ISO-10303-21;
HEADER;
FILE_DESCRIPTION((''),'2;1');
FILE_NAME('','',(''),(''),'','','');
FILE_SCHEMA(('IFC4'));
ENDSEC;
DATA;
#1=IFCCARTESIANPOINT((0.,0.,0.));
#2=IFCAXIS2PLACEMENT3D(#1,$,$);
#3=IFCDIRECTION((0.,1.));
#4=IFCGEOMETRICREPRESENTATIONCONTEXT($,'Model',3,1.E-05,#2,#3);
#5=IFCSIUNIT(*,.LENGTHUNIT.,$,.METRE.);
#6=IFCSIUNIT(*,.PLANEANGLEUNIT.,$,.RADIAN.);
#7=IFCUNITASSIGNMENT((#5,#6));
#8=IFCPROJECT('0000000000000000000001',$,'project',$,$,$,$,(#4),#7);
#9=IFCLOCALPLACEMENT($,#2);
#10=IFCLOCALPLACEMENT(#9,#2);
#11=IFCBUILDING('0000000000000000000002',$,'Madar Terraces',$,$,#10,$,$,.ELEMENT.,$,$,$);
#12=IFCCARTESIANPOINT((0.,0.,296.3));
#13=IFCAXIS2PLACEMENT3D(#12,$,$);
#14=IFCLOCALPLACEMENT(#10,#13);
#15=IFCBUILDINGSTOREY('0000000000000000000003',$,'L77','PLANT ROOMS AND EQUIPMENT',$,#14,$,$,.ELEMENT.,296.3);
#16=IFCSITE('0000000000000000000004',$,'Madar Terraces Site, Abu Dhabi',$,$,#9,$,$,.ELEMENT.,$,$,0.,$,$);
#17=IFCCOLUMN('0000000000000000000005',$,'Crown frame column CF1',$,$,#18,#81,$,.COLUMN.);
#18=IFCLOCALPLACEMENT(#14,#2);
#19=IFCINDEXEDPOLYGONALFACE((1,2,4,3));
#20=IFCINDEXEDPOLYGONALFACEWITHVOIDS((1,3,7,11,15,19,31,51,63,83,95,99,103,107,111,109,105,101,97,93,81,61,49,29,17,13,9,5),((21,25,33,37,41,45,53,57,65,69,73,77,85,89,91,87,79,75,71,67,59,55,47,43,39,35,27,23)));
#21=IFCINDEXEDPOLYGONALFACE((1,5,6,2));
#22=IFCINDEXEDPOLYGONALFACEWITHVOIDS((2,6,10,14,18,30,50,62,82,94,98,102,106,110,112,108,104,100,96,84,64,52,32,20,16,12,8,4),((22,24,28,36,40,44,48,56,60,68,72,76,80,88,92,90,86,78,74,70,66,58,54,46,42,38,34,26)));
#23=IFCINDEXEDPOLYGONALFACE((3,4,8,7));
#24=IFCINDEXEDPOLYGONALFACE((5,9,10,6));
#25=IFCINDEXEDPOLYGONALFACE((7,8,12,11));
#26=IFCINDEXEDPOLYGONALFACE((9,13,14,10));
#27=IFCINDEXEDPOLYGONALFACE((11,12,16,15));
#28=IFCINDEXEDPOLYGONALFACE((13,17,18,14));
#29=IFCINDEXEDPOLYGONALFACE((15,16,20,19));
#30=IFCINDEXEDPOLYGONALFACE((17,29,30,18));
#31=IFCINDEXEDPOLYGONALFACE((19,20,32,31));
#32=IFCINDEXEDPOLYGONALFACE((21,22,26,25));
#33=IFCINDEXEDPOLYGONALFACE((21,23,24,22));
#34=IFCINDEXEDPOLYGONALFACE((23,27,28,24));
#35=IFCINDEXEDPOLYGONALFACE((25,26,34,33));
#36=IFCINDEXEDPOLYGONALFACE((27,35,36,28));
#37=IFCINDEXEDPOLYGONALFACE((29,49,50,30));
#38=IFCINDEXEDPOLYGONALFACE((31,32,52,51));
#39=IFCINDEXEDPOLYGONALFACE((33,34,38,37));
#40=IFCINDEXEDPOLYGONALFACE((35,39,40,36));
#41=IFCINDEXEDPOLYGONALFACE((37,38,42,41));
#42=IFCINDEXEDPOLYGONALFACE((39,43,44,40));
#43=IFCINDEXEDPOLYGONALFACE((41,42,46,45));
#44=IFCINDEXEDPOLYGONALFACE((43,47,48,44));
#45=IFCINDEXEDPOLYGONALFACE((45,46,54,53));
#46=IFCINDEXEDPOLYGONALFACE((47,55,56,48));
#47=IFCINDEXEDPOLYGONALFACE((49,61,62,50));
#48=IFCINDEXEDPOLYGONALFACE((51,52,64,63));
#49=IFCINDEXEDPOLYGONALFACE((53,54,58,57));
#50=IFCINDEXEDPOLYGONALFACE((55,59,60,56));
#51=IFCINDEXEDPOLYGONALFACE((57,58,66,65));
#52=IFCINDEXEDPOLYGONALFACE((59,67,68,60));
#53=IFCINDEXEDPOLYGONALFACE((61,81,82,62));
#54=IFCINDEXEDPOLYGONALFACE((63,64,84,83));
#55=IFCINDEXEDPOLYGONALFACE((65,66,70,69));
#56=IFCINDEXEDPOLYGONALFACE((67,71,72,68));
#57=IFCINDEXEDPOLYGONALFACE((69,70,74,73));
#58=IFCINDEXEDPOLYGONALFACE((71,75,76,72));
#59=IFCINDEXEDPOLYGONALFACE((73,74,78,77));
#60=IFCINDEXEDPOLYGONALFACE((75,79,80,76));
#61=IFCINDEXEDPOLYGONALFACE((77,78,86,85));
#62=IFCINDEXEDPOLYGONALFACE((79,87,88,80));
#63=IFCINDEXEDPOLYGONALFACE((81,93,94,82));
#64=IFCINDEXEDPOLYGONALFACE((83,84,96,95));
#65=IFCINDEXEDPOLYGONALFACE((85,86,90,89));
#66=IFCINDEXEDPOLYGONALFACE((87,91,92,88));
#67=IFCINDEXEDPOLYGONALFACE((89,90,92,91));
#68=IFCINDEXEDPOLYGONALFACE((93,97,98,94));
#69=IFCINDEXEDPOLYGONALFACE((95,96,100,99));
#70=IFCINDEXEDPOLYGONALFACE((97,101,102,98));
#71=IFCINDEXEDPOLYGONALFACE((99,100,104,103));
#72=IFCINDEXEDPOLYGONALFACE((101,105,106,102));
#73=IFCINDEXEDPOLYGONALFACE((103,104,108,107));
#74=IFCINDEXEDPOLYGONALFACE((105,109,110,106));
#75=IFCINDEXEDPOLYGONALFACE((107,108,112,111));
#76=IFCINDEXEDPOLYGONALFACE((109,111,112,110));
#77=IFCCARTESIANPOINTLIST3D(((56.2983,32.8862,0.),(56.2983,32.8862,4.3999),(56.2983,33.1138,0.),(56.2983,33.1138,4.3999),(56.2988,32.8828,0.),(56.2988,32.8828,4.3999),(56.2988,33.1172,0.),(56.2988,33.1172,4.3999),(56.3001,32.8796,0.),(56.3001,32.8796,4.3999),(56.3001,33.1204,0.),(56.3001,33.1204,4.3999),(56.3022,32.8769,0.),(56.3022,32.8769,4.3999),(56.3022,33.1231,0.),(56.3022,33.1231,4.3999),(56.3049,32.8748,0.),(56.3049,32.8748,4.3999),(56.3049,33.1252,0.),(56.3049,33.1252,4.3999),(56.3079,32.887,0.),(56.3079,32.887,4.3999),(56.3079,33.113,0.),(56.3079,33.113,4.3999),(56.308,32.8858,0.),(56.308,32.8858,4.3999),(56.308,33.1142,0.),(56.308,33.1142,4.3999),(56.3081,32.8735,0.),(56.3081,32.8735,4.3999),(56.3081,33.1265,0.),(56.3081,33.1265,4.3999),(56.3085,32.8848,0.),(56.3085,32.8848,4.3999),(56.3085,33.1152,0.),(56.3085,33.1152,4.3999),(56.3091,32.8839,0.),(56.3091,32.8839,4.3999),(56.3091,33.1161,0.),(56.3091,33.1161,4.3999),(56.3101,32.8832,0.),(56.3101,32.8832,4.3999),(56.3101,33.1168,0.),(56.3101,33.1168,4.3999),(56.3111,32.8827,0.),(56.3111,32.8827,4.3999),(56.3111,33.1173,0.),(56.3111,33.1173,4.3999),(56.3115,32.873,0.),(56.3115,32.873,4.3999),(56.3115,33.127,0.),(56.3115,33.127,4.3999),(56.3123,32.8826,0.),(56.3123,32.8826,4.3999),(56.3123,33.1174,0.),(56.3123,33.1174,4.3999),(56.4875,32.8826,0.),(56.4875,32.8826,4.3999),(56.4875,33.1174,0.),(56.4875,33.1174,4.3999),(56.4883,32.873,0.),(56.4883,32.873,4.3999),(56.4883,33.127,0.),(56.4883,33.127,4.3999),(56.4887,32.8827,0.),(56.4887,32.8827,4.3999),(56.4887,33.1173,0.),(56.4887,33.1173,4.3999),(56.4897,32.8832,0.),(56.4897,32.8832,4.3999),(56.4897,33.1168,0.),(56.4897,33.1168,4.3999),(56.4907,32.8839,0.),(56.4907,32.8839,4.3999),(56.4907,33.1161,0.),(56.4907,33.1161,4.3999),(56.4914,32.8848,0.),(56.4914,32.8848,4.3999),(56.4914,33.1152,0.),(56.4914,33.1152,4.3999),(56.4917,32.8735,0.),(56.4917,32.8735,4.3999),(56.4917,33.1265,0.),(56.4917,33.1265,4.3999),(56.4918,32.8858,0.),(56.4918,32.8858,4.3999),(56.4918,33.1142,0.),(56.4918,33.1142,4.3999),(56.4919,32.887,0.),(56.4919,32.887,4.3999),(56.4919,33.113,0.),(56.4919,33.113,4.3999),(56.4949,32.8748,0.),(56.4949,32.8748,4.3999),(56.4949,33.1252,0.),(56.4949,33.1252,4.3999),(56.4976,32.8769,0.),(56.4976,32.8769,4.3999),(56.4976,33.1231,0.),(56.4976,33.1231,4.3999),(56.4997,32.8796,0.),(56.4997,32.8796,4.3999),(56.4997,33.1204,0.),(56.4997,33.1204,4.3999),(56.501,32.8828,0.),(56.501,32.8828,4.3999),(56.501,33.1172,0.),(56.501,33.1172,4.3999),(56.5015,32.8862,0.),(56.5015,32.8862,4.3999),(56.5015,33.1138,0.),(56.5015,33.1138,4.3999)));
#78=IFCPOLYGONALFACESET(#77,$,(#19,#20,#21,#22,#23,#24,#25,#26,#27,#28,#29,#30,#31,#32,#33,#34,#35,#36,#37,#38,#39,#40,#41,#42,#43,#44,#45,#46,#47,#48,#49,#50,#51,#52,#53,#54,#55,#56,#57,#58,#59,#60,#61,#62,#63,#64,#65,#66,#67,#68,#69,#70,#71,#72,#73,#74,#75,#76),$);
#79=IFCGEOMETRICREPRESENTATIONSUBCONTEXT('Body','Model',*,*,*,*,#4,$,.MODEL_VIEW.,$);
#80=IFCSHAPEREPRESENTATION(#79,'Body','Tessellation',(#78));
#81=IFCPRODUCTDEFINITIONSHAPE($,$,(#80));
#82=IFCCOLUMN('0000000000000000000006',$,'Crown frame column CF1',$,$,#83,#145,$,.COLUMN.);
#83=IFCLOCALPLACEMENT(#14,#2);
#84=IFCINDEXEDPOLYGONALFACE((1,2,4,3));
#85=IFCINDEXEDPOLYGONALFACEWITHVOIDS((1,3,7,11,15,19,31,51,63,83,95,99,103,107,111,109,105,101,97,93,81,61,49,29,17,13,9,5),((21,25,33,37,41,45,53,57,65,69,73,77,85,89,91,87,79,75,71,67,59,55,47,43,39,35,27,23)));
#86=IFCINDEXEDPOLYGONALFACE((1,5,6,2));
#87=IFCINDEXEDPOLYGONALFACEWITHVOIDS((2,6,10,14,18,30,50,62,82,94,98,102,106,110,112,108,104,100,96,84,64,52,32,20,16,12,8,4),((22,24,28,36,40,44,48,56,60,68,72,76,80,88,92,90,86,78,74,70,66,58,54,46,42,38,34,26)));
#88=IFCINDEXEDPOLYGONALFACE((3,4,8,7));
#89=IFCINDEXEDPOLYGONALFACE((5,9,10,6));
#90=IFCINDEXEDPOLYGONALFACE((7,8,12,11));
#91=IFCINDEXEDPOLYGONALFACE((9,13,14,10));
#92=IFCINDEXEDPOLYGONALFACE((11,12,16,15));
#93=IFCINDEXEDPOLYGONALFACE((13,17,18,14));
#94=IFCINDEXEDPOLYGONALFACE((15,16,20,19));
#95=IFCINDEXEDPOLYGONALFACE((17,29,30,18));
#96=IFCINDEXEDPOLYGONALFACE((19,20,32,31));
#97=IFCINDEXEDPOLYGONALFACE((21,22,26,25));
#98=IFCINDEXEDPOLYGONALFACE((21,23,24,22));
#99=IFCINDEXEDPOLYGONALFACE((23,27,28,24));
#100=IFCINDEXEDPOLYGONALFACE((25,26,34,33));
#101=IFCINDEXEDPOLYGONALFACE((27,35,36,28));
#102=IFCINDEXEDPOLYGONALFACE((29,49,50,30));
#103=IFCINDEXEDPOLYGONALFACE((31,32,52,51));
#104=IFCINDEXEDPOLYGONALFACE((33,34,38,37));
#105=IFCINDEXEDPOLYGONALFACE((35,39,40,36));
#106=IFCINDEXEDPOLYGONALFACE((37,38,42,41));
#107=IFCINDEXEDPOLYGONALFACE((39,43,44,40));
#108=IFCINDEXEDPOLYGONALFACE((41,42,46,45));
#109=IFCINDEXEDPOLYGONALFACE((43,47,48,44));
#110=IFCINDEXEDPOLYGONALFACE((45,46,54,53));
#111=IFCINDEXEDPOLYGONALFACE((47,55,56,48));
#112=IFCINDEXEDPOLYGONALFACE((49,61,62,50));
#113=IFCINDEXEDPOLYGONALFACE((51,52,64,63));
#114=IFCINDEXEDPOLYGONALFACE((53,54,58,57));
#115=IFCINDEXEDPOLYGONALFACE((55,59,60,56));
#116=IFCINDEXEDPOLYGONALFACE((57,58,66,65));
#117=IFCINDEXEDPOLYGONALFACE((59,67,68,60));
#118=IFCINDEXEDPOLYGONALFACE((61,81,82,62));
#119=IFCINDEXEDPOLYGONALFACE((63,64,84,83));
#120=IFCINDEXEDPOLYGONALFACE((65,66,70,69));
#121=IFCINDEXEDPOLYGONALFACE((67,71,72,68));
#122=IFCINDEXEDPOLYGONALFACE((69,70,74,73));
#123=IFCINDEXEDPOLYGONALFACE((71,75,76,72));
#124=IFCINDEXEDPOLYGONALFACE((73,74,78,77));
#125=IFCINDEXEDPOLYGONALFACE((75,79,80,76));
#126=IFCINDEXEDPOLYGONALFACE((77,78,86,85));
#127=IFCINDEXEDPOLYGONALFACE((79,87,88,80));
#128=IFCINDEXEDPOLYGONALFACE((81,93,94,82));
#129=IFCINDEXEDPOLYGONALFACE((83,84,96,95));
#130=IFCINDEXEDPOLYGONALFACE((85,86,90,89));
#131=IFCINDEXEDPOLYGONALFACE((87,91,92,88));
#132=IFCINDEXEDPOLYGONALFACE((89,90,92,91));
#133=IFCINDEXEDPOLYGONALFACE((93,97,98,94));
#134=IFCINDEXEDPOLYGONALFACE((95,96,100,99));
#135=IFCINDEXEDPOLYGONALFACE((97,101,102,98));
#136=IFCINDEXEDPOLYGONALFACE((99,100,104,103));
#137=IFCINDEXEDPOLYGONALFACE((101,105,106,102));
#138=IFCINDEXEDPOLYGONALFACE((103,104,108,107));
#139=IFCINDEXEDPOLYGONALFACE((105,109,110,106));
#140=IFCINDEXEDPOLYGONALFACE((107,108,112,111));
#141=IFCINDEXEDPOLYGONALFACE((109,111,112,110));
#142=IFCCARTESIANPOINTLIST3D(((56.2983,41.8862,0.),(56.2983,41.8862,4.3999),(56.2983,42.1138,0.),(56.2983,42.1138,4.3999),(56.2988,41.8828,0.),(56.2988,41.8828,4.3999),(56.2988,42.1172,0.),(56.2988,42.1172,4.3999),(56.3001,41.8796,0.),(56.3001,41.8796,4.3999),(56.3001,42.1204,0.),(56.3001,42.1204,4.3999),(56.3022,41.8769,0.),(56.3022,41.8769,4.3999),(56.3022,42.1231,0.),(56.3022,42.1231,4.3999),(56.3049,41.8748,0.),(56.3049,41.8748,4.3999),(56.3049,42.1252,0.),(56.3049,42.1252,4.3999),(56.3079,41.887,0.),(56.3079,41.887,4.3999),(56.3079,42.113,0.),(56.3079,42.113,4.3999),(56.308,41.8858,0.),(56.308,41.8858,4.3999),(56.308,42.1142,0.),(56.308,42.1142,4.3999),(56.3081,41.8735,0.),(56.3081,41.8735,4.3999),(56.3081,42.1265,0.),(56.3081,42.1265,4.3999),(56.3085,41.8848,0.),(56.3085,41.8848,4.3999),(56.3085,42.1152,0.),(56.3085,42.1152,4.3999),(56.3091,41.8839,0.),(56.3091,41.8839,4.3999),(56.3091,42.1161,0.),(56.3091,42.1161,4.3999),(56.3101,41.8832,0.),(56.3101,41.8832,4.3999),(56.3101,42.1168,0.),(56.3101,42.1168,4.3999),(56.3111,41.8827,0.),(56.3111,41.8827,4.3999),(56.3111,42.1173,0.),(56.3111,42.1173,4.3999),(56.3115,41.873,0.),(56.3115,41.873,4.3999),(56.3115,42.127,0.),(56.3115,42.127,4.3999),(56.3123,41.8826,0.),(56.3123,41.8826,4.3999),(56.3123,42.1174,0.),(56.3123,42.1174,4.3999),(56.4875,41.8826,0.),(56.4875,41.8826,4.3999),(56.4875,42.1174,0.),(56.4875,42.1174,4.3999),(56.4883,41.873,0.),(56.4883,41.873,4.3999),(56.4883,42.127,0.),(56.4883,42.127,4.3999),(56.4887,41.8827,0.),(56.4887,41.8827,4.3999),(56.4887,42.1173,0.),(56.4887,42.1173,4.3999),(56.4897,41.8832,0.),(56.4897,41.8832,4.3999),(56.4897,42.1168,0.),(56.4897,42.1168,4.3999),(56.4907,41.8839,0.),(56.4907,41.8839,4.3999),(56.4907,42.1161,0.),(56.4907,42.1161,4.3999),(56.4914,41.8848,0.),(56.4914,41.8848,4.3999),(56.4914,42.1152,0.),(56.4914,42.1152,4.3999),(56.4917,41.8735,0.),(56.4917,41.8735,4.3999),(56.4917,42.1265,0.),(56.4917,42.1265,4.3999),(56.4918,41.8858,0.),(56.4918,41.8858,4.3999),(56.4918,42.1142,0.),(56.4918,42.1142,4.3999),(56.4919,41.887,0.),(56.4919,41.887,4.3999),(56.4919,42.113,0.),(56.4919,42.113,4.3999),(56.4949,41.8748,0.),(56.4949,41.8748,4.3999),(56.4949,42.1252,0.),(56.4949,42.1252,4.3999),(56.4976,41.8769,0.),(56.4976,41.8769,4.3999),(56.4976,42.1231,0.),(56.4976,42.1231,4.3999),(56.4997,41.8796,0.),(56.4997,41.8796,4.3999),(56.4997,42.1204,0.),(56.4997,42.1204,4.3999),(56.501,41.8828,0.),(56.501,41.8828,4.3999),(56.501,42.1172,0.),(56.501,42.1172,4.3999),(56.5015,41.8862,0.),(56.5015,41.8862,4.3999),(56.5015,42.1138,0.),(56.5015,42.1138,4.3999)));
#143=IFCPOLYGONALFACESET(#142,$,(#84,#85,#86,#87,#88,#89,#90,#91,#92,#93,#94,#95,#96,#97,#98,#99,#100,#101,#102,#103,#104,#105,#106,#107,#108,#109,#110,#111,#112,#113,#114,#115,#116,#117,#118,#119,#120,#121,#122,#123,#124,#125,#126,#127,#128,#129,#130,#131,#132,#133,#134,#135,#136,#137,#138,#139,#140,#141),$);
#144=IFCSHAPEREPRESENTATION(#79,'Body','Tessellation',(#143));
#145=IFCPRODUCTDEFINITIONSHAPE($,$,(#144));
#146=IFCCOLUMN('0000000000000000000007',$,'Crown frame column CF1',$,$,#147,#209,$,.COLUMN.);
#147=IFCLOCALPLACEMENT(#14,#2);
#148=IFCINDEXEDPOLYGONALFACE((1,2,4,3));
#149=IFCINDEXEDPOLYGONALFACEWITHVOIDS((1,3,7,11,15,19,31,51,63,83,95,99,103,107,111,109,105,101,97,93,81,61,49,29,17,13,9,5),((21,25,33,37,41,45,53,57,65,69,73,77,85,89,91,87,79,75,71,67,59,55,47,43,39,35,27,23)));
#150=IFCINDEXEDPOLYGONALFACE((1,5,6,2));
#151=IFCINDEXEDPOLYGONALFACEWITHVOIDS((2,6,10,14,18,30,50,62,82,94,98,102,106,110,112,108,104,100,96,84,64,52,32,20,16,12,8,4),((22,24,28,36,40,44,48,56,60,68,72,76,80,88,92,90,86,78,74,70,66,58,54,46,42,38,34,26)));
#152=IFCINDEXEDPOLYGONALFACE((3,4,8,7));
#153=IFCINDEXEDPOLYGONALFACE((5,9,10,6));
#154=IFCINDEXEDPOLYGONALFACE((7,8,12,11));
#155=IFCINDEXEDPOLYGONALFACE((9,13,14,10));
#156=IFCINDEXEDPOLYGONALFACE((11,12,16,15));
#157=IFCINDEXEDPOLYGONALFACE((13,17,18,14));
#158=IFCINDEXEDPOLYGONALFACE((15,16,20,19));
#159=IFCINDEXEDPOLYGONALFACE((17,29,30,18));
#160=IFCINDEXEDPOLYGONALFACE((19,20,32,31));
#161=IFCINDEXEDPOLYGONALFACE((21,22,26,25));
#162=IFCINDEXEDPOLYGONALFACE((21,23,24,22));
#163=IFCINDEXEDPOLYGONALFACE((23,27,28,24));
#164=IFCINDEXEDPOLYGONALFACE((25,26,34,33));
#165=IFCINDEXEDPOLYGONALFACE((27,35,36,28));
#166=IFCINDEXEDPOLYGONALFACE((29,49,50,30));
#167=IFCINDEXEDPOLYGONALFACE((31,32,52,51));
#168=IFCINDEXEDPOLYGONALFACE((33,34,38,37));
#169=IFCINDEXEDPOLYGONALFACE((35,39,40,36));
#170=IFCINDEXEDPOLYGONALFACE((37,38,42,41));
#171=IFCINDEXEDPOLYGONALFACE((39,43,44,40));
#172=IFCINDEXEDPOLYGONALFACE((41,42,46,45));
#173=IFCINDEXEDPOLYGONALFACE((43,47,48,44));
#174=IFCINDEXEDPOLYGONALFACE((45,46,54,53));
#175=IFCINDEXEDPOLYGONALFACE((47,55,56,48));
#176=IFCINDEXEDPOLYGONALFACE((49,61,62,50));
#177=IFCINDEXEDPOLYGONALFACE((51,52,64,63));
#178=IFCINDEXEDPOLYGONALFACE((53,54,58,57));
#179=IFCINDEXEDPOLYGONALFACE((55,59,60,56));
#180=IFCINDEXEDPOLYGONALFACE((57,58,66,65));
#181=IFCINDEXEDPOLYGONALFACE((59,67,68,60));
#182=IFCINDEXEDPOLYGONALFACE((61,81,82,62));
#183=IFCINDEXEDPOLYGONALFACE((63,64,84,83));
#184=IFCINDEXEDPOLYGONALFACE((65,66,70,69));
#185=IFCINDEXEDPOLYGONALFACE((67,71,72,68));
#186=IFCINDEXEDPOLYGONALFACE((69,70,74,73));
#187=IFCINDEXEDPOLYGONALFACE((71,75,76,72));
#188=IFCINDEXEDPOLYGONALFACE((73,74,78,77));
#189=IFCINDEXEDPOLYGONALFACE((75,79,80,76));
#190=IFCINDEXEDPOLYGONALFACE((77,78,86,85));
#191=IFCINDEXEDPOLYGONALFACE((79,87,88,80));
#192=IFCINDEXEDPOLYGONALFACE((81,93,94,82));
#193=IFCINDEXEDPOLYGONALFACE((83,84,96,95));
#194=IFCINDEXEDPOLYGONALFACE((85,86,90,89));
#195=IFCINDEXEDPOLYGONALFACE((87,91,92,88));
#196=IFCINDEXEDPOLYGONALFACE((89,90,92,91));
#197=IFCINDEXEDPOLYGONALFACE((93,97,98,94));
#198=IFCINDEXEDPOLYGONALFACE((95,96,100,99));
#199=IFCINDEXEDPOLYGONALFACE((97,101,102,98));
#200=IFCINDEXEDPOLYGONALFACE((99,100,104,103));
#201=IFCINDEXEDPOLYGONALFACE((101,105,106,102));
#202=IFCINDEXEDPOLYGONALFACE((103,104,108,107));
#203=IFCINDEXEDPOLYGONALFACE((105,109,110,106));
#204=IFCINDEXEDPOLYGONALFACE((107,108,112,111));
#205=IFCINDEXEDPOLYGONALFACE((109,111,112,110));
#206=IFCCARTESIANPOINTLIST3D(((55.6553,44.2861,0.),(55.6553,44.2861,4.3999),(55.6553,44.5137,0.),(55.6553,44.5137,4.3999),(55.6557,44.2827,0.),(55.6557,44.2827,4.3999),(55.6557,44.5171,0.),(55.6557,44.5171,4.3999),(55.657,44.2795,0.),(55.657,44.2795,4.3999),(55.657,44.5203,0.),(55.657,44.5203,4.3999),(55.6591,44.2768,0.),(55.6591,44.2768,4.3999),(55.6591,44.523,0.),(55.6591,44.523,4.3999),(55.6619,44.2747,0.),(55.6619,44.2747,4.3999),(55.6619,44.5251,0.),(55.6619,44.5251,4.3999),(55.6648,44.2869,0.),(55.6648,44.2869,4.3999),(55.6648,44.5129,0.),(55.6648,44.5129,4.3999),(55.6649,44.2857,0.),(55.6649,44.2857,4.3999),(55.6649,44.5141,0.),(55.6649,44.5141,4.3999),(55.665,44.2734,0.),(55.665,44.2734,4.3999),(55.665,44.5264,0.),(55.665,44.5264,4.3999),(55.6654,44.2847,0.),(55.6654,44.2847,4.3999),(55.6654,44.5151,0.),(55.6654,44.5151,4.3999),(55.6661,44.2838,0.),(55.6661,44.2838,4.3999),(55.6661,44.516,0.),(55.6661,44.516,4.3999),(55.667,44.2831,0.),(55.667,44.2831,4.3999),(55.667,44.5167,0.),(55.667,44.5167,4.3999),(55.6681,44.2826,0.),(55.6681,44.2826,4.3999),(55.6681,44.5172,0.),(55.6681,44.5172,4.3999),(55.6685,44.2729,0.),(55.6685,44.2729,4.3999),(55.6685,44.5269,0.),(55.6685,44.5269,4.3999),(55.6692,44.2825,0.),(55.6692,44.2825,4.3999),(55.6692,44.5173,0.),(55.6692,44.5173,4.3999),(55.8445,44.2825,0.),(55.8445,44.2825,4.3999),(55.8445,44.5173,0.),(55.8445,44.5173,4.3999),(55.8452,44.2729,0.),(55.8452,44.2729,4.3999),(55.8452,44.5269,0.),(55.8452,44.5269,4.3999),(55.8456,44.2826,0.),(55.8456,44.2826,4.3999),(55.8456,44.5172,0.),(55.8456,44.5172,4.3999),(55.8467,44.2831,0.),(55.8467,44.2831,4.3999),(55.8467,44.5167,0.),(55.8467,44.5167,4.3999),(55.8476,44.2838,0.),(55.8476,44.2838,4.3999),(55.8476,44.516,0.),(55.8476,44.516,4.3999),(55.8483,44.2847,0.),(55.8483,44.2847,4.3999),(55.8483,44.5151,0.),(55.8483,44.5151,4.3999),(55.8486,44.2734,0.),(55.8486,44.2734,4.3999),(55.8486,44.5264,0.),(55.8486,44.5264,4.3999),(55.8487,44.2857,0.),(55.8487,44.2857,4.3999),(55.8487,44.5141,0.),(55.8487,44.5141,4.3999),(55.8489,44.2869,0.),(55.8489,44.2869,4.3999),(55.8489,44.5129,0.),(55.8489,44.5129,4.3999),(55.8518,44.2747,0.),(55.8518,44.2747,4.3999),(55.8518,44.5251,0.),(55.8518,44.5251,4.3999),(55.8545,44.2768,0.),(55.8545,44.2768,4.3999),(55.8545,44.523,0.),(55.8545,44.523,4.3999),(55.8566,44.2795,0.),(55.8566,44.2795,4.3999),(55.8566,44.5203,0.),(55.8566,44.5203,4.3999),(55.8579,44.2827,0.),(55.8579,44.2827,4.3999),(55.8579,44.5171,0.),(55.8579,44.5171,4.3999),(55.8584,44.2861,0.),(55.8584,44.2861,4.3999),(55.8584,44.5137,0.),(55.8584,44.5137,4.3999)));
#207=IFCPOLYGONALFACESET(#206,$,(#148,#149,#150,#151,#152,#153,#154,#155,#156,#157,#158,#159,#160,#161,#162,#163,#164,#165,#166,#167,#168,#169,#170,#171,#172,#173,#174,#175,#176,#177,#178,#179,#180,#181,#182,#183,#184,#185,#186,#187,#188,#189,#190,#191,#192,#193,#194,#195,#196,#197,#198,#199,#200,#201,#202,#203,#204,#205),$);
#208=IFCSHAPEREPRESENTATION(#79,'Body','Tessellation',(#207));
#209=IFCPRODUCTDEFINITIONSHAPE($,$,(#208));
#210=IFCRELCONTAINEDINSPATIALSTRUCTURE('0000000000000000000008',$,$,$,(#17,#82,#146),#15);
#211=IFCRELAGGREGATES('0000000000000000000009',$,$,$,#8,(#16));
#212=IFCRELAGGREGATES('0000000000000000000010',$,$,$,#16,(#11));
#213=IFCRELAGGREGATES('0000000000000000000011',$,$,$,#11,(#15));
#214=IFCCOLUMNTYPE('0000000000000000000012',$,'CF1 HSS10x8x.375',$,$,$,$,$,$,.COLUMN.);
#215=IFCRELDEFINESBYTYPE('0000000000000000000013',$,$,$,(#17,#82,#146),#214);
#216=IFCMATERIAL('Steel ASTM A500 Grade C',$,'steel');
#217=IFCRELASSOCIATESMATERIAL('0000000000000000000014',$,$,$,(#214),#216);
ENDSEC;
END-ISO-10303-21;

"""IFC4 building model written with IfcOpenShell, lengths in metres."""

from ifc_helpers import new_model, si_unit, direction, frame, origin, origin_2d, place, context, subcontext, project, spatial, hollow_rectangle, extrude, material, material_profile, profile_set, type_object, element, save


model = new_model("IFC4")

# Units and contexts
model_context = context("Model", 3, precision=1e-05, world=origin(), true_north=direction((0.0, 1.0)))
body_context = subcontext(model_context, "Body", "Model", "MODEL_VIEW")
ifc_project = project(units=[si_unit("LENGTHUNIT", "METRE"), si_unit("PLANEANGLEUNIT", "RADIAN")], contexts=[model_context])

# Site, building, storey
site_placement = place(None, origin())
site = spatial("IfcSite", under=ifc_project, at=site_placement, Name="Madar Terraces Site, Abu Dhabi", CompositionType="ELEMENT", RefElevation=0.0)
building_placement = place(site_placement, origin())
building = spatial("IfcBuilding", under=site, at=building_placement, Name="Madar Terraces", CompositionType="ELEMENT")
storey_placement = place(building_placement, frame((0.0, 0.0, 296.3)))
storey = spatial("IfcBuildingStorey", under=building, at=storey_placement, Name="L77", Description="PLANT ROOMS AND EQUIPMENT", CompositionType="ELEMENT", Elevation=296.3)

# Columns
ifc_material_1 = material(Name="Steel ASTM A500 Grade C", Category="steel")
ifc_material_profile_1 = material_profile(ifc_material_1, hollow_rectangle(XDim=0.2031, YDim=0.2539, WallThickness=0.0095, InnerFilletRadius=0.0044, OuterFilletRadius=0.0132, at=origin_2d()), Name="HSS10x8x.375")
ifc_profile_set_1 = profile_set([ifc_material_profile_1], Name="Steel ASTM A500 Grade C")
column_type = type_object("IfcColumnType", Name="CF1 HSS10x8x.375", PredefinedType="COLUMN", material=ifc_profile_set_1)
for number, where, z_axis, x_axis, name in (
    (1, (56.3999, 33.0, 0.0), (0.0, 0.0, 1.0), (1.0, 0.0, 0.0), "Crown frame column CF1"),
    (2, (56.3999, 42.0, 0.0), (0.0, 0.0, 1.0), (1.0, 0.0, 0.0), "Crown frame column CF1"),
    (3, (55.7568, 44.3999, 0.0), (0.0, 0.0, 1.0), (1.0, 0.0, 0.0), "Crown frame column CF1"),
):
    element("IfcColumn", number, at=place(storey_placement, frame(where, z_axis=z_axis, x_axis=x_axis)), inside=storey, type_object=column_type, Name=name, PredefinedType="COLUMN", context=body_context, shape_type="SweptSolid", body=[
        extrude(hollow_rectangle(XDim=0.2031, YDim=0.2539, WallThickness=0.0095, InnerFilletRadius=0.0044, OuterFilletRadius=0.0132, at=origin_2d()), origin(), (0.0, 0.0, 1.0), 4.3999),
    ])

save(model, "model.ifc")
